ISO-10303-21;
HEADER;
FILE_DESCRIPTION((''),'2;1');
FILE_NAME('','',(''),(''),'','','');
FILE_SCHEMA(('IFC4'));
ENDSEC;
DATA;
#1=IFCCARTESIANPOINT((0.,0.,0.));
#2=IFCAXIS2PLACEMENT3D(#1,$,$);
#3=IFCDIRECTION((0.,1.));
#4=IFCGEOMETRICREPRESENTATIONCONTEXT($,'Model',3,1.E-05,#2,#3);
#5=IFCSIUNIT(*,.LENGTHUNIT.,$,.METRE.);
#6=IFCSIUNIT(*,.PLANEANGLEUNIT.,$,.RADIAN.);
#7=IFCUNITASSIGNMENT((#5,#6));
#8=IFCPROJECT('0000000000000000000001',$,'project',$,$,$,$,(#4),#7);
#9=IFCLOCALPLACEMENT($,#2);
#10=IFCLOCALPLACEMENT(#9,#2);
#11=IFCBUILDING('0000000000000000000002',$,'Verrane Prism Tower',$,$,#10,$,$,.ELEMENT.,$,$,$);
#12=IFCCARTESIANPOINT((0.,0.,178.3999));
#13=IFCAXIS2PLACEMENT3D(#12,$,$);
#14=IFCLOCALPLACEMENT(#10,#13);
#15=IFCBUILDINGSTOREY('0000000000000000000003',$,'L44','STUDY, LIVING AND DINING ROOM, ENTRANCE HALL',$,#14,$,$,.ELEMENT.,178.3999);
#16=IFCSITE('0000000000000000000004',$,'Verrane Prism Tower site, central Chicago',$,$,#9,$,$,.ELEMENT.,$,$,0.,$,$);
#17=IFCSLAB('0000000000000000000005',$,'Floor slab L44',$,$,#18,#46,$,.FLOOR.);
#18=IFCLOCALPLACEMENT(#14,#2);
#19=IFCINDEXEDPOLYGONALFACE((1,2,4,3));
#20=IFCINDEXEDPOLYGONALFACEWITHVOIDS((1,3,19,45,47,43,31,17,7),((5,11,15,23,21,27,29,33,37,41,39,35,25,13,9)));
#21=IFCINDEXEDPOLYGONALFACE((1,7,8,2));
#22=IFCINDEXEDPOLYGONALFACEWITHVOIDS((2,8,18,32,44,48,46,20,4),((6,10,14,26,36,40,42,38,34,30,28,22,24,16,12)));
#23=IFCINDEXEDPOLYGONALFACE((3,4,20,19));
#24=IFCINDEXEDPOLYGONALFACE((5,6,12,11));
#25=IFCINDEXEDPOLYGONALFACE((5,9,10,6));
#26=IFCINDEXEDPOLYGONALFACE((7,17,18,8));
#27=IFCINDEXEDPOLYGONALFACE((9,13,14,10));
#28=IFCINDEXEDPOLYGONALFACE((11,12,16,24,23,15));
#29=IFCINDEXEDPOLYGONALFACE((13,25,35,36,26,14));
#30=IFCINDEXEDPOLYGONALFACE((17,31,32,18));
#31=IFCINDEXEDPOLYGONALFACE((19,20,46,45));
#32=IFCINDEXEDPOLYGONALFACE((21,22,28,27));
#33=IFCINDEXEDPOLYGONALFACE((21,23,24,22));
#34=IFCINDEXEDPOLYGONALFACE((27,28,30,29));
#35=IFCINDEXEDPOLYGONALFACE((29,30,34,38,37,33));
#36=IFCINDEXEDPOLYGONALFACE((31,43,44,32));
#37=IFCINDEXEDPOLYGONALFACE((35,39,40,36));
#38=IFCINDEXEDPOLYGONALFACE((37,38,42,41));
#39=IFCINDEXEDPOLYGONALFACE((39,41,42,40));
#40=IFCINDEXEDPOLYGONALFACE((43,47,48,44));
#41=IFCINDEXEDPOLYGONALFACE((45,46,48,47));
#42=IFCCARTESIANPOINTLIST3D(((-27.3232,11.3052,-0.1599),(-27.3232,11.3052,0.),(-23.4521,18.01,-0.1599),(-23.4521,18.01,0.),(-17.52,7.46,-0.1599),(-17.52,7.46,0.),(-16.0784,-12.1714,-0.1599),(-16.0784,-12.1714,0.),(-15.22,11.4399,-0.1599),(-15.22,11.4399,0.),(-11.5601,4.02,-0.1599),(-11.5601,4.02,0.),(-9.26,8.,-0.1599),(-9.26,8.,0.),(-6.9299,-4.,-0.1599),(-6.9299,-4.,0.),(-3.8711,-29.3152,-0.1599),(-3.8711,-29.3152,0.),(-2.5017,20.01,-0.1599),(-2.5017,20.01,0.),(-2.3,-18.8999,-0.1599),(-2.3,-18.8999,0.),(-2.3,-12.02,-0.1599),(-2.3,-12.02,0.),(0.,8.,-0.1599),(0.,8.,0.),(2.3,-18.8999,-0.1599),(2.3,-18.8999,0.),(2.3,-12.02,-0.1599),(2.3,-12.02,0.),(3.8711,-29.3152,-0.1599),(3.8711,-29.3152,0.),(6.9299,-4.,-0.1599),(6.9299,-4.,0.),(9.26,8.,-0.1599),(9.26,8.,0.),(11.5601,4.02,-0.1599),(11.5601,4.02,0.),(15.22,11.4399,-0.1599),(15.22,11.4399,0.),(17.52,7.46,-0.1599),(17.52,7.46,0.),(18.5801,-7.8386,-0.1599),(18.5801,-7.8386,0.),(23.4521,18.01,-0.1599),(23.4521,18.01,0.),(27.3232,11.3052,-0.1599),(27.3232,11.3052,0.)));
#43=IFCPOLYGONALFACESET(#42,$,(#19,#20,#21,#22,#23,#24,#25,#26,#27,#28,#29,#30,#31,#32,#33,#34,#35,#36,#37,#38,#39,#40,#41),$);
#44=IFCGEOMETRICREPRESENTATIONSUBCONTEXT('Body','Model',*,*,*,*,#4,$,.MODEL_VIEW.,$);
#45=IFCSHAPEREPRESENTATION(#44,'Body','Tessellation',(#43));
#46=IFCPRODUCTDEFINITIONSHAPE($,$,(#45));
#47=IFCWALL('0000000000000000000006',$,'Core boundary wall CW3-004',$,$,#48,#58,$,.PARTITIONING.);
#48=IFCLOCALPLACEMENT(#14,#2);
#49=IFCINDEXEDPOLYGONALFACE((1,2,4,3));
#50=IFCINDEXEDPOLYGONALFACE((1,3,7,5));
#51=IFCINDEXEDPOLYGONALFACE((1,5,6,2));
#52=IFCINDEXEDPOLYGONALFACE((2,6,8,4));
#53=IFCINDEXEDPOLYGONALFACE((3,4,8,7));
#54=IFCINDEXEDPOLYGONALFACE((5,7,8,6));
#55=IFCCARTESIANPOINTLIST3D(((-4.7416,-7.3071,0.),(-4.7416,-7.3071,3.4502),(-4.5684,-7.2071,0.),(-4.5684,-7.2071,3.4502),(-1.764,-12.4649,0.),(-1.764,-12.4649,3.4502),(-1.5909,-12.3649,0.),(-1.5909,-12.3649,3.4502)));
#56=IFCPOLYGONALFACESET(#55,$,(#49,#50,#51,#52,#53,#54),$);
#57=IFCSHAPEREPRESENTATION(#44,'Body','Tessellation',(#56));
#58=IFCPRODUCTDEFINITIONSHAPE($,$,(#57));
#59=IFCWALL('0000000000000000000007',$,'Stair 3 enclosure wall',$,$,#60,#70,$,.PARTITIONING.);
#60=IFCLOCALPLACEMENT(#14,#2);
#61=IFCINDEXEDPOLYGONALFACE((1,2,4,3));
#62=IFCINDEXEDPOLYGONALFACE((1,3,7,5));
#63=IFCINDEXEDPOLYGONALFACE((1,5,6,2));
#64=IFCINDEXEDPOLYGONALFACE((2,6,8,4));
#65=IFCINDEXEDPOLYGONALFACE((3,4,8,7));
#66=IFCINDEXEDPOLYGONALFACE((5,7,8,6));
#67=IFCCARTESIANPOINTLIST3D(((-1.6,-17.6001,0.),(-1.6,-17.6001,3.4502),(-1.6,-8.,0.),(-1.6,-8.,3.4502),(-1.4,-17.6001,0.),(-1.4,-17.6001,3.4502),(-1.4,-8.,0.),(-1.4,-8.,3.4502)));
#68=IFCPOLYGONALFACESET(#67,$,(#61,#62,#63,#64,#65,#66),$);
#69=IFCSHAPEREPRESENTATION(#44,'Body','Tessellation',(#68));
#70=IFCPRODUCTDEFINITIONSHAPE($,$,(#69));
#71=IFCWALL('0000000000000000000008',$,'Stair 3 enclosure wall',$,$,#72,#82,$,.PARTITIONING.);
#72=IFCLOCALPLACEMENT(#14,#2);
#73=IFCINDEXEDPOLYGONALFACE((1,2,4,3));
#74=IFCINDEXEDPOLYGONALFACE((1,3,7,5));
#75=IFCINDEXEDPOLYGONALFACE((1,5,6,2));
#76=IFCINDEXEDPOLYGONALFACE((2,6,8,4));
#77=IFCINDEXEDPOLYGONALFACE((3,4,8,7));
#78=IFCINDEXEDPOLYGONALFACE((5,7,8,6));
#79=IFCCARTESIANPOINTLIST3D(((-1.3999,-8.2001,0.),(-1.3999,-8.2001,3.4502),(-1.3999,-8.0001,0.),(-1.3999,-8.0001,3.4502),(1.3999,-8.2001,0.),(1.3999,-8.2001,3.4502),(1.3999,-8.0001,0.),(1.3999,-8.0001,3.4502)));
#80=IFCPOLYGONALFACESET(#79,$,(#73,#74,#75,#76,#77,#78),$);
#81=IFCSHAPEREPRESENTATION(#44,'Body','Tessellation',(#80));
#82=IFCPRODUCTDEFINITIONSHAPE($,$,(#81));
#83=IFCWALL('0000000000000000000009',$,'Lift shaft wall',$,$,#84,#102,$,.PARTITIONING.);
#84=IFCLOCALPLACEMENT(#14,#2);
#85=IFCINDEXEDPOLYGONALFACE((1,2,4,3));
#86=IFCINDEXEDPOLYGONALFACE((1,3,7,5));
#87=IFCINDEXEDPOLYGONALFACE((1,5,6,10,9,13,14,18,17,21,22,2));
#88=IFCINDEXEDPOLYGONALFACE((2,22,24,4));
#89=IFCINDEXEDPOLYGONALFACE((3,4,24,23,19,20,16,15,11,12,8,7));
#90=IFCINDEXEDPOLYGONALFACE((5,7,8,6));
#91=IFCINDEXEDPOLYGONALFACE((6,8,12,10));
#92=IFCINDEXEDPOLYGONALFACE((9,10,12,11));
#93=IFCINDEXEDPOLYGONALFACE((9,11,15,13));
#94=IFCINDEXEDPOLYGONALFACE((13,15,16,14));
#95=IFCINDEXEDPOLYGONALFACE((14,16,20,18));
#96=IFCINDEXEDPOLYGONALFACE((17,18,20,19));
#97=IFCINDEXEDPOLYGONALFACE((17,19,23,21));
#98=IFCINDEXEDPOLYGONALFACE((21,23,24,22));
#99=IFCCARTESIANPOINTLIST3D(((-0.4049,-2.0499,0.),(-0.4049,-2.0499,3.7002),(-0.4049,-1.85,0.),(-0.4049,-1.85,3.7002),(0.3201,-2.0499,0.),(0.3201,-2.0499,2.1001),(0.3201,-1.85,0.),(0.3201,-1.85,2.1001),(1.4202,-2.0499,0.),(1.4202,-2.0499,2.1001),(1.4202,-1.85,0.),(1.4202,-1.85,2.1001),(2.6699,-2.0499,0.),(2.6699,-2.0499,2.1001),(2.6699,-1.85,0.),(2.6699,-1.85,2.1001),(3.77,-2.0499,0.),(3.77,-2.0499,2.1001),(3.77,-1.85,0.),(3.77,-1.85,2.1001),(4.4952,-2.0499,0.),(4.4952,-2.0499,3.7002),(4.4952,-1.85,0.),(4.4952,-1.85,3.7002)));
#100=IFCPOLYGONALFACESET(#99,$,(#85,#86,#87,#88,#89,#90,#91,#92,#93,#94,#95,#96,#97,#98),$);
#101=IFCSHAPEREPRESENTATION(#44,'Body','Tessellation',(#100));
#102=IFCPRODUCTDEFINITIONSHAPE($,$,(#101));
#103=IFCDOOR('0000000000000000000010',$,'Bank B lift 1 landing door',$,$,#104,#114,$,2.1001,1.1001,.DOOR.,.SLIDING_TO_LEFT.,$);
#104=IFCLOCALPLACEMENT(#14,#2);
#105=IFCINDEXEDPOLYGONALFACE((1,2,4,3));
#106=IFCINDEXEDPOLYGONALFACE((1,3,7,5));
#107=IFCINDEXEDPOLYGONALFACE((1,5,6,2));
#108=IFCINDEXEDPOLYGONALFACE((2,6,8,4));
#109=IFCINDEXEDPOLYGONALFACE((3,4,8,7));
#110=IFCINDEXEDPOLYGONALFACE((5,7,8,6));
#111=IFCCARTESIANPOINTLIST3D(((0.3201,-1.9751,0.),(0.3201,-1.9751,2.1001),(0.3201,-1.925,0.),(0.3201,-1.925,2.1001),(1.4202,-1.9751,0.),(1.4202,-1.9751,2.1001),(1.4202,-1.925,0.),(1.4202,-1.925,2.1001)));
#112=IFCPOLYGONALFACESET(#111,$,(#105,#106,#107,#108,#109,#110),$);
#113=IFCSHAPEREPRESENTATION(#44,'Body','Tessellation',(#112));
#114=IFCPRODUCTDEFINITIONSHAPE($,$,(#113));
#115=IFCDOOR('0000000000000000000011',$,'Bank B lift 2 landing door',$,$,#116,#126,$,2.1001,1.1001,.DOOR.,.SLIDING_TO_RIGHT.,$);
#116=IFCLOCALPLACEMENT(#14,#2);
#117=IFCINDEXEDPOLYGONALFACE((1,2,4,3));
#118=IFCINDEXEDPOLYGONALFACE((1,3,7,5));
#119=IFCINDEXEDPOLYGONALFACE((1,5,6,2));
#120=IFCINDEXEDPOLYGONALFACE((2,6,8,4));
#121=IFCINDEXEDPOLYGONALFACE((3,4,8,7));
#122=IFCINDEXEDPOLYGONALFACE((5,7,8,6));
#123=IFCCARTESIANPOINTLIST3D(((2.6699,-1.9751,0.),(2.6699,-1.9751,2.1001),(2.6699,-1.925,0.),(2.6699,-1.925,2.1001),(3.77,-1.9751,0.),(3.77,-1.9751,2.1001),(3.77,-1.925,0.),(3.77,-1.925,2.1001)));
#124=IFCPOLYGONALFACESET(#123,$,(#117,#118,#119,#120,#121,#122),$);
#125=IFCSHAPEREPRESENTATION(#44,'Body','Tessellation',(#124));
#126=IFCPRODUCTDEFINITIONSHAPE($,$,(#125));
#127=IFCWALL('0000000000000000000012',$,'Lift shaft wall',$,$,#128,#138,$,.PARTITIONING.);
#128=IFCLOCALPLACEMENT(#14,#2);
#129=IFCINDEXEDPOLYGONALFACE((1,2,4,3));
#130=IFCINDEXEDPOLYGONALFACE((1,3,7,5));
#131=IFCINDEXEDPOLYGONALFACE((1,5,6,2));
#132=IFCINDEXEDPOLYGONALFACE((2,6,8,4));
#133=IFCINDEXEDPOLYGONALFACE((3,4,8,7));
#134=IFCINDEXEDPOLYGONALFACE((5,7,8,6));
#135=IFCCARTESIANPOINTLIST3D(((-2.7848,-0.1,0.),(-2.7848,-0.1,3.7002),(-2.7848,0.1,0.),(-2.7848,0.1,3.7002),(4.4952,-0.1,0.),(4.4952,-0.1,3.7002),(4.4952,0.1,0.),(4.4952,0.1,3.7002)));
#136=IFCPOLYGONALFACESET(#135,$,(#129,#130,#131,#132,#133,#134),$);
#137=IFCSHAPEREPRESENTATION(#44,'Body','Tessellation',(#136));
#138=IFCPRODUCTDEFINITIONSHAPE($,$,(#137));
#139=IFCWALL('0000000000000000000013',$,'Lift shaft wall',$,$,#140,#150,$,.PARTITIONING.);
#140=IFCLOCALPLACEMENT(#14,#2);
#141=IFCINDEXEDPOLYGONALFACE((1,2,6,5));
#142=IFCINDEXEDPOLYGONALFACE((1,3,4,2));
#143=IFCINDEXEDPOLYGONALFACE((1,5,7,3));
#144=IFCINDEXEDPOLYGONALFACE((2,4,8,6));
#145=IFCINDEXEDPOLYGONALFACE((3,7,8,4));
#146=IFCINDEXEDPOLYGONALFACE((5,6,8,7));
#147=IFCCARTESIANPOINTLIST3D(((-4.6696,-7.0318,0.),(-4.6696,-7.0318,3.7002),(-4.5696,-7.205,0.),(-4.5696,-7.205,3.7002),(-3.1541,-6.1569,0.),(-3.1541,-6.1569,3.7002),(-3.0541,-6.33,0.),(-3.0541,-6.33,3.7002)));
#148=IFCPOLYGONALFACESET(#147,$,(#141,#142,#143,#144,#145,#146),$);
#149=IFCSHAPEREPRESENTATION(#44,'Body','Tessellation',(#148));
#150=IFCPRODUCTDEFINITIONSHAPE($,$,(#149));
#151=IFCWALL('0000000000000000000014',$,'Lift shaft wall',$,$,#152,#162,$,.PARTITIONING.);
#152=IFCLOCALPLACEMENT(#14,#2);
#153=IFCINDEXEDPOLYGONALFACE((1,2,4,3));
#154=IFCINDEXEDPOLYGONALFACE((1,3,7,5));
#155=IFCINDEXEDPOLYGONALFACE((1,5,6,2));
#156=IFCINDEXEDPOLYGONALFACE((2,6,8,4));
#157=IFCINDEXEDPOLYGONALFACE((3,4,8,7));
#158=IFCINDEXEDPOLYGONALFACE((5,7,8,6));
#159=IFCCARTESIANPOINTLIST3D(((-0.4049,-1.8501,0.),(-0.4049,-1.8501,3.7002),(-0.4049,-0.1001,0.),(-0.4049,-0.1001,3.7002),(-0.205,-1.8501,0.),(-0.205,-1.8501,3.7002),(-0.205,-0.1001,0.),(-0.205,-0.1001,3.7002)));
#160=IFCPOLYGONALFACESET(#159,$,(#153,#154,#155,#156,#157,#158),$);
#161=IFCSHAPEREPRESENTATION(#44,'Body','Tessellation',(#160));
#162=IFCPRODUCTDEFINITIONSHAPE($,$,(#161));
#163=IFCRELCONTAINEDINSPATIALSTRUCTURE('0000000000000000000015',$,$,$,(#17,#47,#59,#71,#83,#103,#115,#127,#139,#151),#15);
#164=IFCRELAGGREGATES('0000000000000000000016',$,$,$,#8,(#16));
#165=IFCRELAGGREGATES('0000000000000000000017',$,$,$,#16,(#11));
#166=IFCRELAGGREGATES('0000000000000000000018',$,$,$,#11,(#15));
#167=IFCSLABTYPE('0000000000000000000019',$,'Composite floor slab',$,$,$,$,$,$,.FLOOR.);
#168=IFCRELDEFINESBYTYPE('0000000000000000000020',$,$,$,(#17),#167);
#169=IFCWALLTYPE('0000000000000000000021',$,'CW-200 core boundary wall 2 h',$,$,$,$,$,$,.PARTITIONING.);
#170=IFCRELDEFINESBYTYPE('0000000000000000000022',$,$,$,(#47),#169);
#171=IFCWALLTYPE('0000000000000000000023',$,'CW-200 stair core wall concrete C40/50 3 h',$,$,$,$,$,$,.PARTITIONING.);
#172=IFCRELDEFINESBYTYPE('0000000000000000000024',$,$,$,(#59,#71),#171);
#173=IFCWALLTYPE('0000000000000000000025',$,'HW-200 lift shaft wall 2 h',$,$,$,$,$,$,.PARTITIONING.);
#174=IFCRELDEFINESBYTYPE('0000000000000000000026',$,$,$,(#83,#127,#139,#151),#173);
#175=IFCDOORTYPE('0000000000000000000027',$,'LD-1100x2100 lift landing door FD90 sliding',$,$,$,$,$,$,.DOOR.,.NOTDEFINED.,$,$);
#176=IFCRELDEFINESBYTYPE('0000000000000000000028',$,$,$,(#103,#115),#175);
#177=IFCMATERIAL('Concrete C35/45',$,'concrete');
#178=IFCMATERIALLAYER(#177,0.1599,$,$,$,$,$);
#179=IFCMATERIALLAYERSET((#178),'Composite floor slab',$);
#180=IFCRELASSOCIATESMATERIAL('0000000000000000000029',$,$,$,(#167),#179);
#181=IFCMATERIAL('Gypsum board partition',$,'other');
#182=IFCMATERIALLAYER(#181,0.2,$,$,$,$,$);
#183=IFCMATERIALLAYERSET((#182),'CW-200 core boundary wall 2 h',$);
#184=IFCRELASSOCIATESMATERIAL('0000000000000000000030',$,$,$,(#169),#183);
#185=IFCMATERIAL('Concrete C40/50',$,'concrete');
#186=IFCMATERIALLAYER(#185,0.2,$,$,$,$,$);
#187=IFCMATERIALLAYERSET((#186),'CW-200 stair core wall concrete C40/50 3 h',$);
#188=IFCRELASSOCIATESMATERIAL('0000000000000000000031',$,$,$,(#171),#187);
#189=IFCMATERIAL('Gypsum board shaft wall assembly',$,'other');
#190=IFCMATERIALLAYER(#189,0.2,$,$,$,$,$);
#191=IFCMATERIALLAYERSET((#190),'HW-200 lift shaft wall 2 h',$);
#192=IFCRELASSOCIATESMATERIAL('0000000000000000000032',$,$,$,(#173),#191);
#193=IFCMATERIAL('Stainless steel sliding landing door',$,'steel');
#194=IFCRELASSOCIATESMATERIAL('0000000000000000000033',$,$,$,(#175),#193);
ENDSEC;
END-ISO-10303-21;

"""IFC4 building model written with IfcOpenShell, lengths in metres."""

from ifc_helpers import new_model, si_unit, direction, frame, frame_2d, origin, place, context, subcontext, project, spatial, polyline, rectangle, outline, extrude, material, layer, layer_set, type_object, element, fill, save


model = new_model("IFC4")

# Units and contexts
model_context = context("Model", 3, precision=1e-05, world=origin(), true_north=direction((0.0, 1.0)))
body_context = subcontext(model_context, "Body", "Model", "MODEL_VIEW")
ifc_project = project(units=[si_unit("LENGTHUNIT", "METRE"), si_unit("PLANEANGLEUNIT", "RADIAN")], contexts=[model_context])

# Site, building, storey
site_placement = place(None, origin())
site = spatial("IfcSite", under=ifc_project, at=site_placement, Name="Verrane Prism Tower site, central Chicago", CompositionType="ELEMENT", RefElevation=0.0)
building_placement = place(site_placement, origin())
building = spatial("IfcBuilding", under=site, at=building_placement, Name="Verrane Prism Tower", CompositionType="ELEMENT")
storey_placement = place(building_placement, frame((0.0, 0.0, 178.3999)))
storey = spatial("IfcBuildingStorey", under=building, at=storey_placement, Name="L44", Description="STUDY, LIVING AND DINING ROOM, ENTRANCE HALL", CompositionType="ELEMENT", Elevation=178.3999)

# Slab
ifc_material_1 = material(Name="Concrete C35/45", Category="concrete")
ifc_layer_1 = layer(ifc_material_1, 0.1599)
ifc_layer_set_1 = layer_set([ifc_layer_1], Name="Composite floor slab")
slab_type = type_object("IfcSlabType", Name="Composite floor slab", PredefinedType="FLOOR", material=ifc_layer_set_1)
slab_placement = place(storey_placement, frame((0.0, 0.0, -0.1599)))
element("IfcSlab", 1, at=slab_placement, inside=storey, type_object=slab_type, Name="Floor slab L44", PredefinedType="FLOOR", context=body_context, shape_type="SweptSolid", body=[
    extrude(outline(polyline([(18.5801, -7.8386), (3.8711, -29.3152), (-3.8711, -29.3152), (-16.0784, -12.1714), (-27.3232, 11.3052), (-23.4521, 18.01), (-2.5017, 20.01), (23.4521, 18.01), (27.3232, 11.3052), (18.5801, -7.8386)]), holes=[polyline([(17.52, 7.46), (15.22, 11.4399), (9.26, 8.0), (0.0, 8.0), (-9.26, 8.0), (-15.22, 11.4399), (-17.52, 7.46), (-11.5601, 4.02), (-6.9299, -4.0), (-2.3, -12.02), (-2.3, -18.8999), (2.3, -18.8999), (2.3, -12.02), (6.9299, -4.0), (11.5601, 4.02), (17.52, 7.46)])]), origin(), (0.0, 0.0, 1.0), 0.1599),
])

# Walls
ifc_material_2 = material(Name="Gypsum board partition", Category="other")
ifc_layer_2 = layer(ifc_material_2, 0.2)
ifc_layer_set_2 = layer_set([ifc_layer_2], Name="CW-200 core boundary wall 2 h")
wall_type_1 = type_object("IfcWallType", Name="CW-200 core boundary wall 2 h", PredefinedType="PARTITIONING", material=ifc_layer_set_2)
wall_1_placement = place(storey_placement, frame((-4.655, -7.2571, 0.0), z_axis=(0.0, 0.0, 1.0), x_axis=(0.499966, -0.866045, 0.0)))
element("IfcWall", 2, at=wall_1_placement, inside=storey, type_object=wall_type_1, Name="Core boundary wall CW3-004", PredefinedType="PARTITIONING", context=body_context, shape_type="SweptSolid", body=[
    extrude(rectangle(XDim=5.9556, YDim=0.2, at=frame_2d((2.9778, 0.0))), origin(), (0.0, 0.0, 1.0), 3.4502),
])
ifc_material_3 = material(Name="Concrete C40/50", Category="concrete")
ifc_layer_3 = layer(ifc_material_3, 0.2)
ifc_layer_set_3 = layer_set([ifc_layer_3], Name="CW-200 stair core wall concrete C40/50 3 h")
wall_type_2 = type_object("IfcWallType", Name="CW-200 stair core wall concrete C40/50 3 h", PredefinedType="PARTITIONING", material=ifc_layer_set_3)
wall_2_placement = place(storey_placement, frame((-1.5, -8.0, 0.0), z_axis=(0.0, 0.0, 1.0), x_axis=(0.0, -1.0, 0.0)))
element("IfcWall", 3, at=wall_2_placement, inside=storey, type_object=wall_type_2, Name="Stair 3 enclosure wall", PredefinedType="PARTITIONING", context=body_context, shape_type="SweptSolid", body=[
    extrude(rectangle(XDim=9.6001, YDim=0.2, at=frame_2d((4.8, 0.0))), origin(), (0.0, 0.0, 1.0), 3.4502),
])
wall_3_placement = place(storey_placement, frame((-1.3999, -8.1001, 0.0), z_axis=(0.0, 0.0, 1.0), x_axis=(1.0, 0.0, 0.0)))
element("IfcWall", 4, at=wall_3_placement, inside=storey, type_object=wall_type_2, Name="Stair 3 enclosure wall", PredefinedType="PARTITIONING", context=body_context, shape_type="SweptSolid", body=[
    extrude(rectangle(XDim=2.7998, YDim=0.2, at=frame_2d((1.3999, 0.0))), origin(), (0.0, 0.0, 1.0), 3.4502),
])

# Wall, openings, doors
ifc_material_4 = material(Name="Gypsum board shaft wall assembly", Category="other")
ifc_layer_4 = layer(ifc_material_4, 0.2)
ifc_layer_set_4 = layer_set([ifc_layer_4], Name="HW-200 lift shaft wall 2 h")
wall_type_3 = type_object("IfcWallType", Name="HW-200 lift shaft wall 2 h", PredefinedType="PARTITIONING", material=ifc_layer_set_4)
wall_4_placement = place(storey_placement, frame((-0.405, -1.95, 0.0), z_axis=(0.0, 0.0, 1.0), x_axis=(1.0, 0.0, 0.0)))
wall_4 = element("IfcWall", 5, at=wall_4_placement, inside=storey, type_object=wall_type_3, Name="Lift shaft wall", PredefinedType="PARTITIONING", context=body_context, shape_type="SweptSolid", body=[
    extrude(rectangle(XDim=4.9001, YDim=0.2, at=frame_2d((2.4502, 0.0))), origin(), (0.0, 0.0, 1.0), 3.7002),
])
opening_1_placement = place(wall_4_placement, frame((0.7251, 0.0, 0.0)))
opening_1 = element("IfcOpeningElement", 6, at=opening_1_placement, cuts=wall_4, PredefinedType="OPENING", context=body_context, shape_type="SweptSolid", body=[
    extrude(rectangle(XDim=1.1001, YDim=2.1001, at=frame_2d((0.55, 1.05))), frame((0.0, 0.1099, 0.0), z_axis=(0.0, -1.0, 0.0), x_axis=(1.0, 0.0, 0.0)), (0.0, 0.0, 1.0), 0.22),
])
opening_2_placement = place(wall_4_placement, frame((3.075, 0.0, 0.0)))
opening_2 = element("IfcOpeningElement", 7, at=opening_2_placement, cuts=wall_4, PredefinedType="OPENING", context=body_context, shape_type="SweptSolid", body=[
    extrude(rectangle(XDim=1.1001, YDim=2.1001, at=frame_2d((0.55, 1.05))), frame((0.0, 0.1099, 0.0), z_axis=(0.0, -1.0, 0.0), x_axis=(1.0, 0.0, 0.0)), (0.0, 0.0, 1.0), 0.22),
])
ifc_material_5 = material(Name="Stainless steel sliding landing door", Category="steel")
door_type = type_object("IfcDoorType", Name="LD-1100x2100 lift landing door FD90 sliding", OperationType="NOTDEFINED", PredefinedType="DOOR", material=ifc_material_5)
door_1_placement = place(opening_1_placement, origin())
door_1 = element("IfcDoor", 8, at=door_1_placement, inside=storey, type_object=door_type, Name="Bank B lift 1 landing door", OperationType="SLIDING_TO_LEFT", OverallHeight=2.1001, OverallWidth=1.1001, PredefinedType="DOOR", context=body_context, shape_type="SweptSolid", body=[
    extrude(rectangle(XDim=1.1001, YDim=2.1001, at=frame_2d((0.55, 1.05))), frame((0.0, 0.0249, 0.0), z_axis=(0.0, -1.0, 0.0), x_axis=(1.0, 0.0, 0.0)), (0.0, 0.0, 1.0), 0.05),
])
fill(opening_1, door_1)
door_2_placement = place(opening_2_placement, origin())
door_2 = element("IfcDoor", 9, at=door_2_placement, inside=storey, type_object=door_type, Name="Bank B lift 2 landing door", OperationType="SLIDING_TO_RIGHT", OverallHeight=2.1001, OverallWidth=1.1001, PredefinedType="DOOR", context=body_context, shape_type="SweptSolid", body=[
    extrude(rectangle(XDim=1.1001, YDim=2.1001, at=frame_2d((0.55, 1.05))), frame((0.0, 0.0249, 0.0), z_axis=(0.0, -1.0, 0.0), x_axis=(1.0, 0.0, 0.0)), (0.0, 0.0, 1.0), 0.05),
])
fill(opening_2, door_2)

# Walls
wall_5_placement = place(storey_placement, frame((-2.7849, 0.0, 0.0), z_axis=(0.0, 0.0, 1.0), x_axis=(1.0, 0.0, 0.0)))
element("IfcWall", 10, at=wall_5_placement, inside=storey, type_object=wall_type_3, Name="Lift shaft wall", PredefinedType="PARTITIONING", context=body_context, shape_type="SweptSolid", body=[
    extrude(rectangle(XDim=7.28, YDim=0.2, at=frame_2d((3.6401, 0.0))), origin(), (0.0, 0.0, 1.0), 3.7002),
])
for number, where, z_axis, x_axis, name in (
    (11, (-4.6196, -7.1184, 0.0), (0.0, 0.0, 1.0), (0.866037, 0.49998, 0.0), "Lift shaft wall"),
    (12, (-0.3049, -1.8501, 0.0), (0.0, 0.0, 1.0), (0.0, 1.0, 0.0), "Lift shaft wall"),
):
    element("IfcWall", number, at=place(storey_placement, frame(where, z_axis=z_axis, x_axis=x_axis)), inside=storey, type_object=wall_type_3, Name=name, PredefinedType="PARTITIONING", context=body_context, shape_type="SweptSolid", body=[
        extrude(rectangle(XDim=1.75, YDim=0.2, at=frame_2d((0.875, 0.0))), origin(), (0.0, 0.0, 1.0), 3.7002),
    ])

save(model, "model.ifc")
